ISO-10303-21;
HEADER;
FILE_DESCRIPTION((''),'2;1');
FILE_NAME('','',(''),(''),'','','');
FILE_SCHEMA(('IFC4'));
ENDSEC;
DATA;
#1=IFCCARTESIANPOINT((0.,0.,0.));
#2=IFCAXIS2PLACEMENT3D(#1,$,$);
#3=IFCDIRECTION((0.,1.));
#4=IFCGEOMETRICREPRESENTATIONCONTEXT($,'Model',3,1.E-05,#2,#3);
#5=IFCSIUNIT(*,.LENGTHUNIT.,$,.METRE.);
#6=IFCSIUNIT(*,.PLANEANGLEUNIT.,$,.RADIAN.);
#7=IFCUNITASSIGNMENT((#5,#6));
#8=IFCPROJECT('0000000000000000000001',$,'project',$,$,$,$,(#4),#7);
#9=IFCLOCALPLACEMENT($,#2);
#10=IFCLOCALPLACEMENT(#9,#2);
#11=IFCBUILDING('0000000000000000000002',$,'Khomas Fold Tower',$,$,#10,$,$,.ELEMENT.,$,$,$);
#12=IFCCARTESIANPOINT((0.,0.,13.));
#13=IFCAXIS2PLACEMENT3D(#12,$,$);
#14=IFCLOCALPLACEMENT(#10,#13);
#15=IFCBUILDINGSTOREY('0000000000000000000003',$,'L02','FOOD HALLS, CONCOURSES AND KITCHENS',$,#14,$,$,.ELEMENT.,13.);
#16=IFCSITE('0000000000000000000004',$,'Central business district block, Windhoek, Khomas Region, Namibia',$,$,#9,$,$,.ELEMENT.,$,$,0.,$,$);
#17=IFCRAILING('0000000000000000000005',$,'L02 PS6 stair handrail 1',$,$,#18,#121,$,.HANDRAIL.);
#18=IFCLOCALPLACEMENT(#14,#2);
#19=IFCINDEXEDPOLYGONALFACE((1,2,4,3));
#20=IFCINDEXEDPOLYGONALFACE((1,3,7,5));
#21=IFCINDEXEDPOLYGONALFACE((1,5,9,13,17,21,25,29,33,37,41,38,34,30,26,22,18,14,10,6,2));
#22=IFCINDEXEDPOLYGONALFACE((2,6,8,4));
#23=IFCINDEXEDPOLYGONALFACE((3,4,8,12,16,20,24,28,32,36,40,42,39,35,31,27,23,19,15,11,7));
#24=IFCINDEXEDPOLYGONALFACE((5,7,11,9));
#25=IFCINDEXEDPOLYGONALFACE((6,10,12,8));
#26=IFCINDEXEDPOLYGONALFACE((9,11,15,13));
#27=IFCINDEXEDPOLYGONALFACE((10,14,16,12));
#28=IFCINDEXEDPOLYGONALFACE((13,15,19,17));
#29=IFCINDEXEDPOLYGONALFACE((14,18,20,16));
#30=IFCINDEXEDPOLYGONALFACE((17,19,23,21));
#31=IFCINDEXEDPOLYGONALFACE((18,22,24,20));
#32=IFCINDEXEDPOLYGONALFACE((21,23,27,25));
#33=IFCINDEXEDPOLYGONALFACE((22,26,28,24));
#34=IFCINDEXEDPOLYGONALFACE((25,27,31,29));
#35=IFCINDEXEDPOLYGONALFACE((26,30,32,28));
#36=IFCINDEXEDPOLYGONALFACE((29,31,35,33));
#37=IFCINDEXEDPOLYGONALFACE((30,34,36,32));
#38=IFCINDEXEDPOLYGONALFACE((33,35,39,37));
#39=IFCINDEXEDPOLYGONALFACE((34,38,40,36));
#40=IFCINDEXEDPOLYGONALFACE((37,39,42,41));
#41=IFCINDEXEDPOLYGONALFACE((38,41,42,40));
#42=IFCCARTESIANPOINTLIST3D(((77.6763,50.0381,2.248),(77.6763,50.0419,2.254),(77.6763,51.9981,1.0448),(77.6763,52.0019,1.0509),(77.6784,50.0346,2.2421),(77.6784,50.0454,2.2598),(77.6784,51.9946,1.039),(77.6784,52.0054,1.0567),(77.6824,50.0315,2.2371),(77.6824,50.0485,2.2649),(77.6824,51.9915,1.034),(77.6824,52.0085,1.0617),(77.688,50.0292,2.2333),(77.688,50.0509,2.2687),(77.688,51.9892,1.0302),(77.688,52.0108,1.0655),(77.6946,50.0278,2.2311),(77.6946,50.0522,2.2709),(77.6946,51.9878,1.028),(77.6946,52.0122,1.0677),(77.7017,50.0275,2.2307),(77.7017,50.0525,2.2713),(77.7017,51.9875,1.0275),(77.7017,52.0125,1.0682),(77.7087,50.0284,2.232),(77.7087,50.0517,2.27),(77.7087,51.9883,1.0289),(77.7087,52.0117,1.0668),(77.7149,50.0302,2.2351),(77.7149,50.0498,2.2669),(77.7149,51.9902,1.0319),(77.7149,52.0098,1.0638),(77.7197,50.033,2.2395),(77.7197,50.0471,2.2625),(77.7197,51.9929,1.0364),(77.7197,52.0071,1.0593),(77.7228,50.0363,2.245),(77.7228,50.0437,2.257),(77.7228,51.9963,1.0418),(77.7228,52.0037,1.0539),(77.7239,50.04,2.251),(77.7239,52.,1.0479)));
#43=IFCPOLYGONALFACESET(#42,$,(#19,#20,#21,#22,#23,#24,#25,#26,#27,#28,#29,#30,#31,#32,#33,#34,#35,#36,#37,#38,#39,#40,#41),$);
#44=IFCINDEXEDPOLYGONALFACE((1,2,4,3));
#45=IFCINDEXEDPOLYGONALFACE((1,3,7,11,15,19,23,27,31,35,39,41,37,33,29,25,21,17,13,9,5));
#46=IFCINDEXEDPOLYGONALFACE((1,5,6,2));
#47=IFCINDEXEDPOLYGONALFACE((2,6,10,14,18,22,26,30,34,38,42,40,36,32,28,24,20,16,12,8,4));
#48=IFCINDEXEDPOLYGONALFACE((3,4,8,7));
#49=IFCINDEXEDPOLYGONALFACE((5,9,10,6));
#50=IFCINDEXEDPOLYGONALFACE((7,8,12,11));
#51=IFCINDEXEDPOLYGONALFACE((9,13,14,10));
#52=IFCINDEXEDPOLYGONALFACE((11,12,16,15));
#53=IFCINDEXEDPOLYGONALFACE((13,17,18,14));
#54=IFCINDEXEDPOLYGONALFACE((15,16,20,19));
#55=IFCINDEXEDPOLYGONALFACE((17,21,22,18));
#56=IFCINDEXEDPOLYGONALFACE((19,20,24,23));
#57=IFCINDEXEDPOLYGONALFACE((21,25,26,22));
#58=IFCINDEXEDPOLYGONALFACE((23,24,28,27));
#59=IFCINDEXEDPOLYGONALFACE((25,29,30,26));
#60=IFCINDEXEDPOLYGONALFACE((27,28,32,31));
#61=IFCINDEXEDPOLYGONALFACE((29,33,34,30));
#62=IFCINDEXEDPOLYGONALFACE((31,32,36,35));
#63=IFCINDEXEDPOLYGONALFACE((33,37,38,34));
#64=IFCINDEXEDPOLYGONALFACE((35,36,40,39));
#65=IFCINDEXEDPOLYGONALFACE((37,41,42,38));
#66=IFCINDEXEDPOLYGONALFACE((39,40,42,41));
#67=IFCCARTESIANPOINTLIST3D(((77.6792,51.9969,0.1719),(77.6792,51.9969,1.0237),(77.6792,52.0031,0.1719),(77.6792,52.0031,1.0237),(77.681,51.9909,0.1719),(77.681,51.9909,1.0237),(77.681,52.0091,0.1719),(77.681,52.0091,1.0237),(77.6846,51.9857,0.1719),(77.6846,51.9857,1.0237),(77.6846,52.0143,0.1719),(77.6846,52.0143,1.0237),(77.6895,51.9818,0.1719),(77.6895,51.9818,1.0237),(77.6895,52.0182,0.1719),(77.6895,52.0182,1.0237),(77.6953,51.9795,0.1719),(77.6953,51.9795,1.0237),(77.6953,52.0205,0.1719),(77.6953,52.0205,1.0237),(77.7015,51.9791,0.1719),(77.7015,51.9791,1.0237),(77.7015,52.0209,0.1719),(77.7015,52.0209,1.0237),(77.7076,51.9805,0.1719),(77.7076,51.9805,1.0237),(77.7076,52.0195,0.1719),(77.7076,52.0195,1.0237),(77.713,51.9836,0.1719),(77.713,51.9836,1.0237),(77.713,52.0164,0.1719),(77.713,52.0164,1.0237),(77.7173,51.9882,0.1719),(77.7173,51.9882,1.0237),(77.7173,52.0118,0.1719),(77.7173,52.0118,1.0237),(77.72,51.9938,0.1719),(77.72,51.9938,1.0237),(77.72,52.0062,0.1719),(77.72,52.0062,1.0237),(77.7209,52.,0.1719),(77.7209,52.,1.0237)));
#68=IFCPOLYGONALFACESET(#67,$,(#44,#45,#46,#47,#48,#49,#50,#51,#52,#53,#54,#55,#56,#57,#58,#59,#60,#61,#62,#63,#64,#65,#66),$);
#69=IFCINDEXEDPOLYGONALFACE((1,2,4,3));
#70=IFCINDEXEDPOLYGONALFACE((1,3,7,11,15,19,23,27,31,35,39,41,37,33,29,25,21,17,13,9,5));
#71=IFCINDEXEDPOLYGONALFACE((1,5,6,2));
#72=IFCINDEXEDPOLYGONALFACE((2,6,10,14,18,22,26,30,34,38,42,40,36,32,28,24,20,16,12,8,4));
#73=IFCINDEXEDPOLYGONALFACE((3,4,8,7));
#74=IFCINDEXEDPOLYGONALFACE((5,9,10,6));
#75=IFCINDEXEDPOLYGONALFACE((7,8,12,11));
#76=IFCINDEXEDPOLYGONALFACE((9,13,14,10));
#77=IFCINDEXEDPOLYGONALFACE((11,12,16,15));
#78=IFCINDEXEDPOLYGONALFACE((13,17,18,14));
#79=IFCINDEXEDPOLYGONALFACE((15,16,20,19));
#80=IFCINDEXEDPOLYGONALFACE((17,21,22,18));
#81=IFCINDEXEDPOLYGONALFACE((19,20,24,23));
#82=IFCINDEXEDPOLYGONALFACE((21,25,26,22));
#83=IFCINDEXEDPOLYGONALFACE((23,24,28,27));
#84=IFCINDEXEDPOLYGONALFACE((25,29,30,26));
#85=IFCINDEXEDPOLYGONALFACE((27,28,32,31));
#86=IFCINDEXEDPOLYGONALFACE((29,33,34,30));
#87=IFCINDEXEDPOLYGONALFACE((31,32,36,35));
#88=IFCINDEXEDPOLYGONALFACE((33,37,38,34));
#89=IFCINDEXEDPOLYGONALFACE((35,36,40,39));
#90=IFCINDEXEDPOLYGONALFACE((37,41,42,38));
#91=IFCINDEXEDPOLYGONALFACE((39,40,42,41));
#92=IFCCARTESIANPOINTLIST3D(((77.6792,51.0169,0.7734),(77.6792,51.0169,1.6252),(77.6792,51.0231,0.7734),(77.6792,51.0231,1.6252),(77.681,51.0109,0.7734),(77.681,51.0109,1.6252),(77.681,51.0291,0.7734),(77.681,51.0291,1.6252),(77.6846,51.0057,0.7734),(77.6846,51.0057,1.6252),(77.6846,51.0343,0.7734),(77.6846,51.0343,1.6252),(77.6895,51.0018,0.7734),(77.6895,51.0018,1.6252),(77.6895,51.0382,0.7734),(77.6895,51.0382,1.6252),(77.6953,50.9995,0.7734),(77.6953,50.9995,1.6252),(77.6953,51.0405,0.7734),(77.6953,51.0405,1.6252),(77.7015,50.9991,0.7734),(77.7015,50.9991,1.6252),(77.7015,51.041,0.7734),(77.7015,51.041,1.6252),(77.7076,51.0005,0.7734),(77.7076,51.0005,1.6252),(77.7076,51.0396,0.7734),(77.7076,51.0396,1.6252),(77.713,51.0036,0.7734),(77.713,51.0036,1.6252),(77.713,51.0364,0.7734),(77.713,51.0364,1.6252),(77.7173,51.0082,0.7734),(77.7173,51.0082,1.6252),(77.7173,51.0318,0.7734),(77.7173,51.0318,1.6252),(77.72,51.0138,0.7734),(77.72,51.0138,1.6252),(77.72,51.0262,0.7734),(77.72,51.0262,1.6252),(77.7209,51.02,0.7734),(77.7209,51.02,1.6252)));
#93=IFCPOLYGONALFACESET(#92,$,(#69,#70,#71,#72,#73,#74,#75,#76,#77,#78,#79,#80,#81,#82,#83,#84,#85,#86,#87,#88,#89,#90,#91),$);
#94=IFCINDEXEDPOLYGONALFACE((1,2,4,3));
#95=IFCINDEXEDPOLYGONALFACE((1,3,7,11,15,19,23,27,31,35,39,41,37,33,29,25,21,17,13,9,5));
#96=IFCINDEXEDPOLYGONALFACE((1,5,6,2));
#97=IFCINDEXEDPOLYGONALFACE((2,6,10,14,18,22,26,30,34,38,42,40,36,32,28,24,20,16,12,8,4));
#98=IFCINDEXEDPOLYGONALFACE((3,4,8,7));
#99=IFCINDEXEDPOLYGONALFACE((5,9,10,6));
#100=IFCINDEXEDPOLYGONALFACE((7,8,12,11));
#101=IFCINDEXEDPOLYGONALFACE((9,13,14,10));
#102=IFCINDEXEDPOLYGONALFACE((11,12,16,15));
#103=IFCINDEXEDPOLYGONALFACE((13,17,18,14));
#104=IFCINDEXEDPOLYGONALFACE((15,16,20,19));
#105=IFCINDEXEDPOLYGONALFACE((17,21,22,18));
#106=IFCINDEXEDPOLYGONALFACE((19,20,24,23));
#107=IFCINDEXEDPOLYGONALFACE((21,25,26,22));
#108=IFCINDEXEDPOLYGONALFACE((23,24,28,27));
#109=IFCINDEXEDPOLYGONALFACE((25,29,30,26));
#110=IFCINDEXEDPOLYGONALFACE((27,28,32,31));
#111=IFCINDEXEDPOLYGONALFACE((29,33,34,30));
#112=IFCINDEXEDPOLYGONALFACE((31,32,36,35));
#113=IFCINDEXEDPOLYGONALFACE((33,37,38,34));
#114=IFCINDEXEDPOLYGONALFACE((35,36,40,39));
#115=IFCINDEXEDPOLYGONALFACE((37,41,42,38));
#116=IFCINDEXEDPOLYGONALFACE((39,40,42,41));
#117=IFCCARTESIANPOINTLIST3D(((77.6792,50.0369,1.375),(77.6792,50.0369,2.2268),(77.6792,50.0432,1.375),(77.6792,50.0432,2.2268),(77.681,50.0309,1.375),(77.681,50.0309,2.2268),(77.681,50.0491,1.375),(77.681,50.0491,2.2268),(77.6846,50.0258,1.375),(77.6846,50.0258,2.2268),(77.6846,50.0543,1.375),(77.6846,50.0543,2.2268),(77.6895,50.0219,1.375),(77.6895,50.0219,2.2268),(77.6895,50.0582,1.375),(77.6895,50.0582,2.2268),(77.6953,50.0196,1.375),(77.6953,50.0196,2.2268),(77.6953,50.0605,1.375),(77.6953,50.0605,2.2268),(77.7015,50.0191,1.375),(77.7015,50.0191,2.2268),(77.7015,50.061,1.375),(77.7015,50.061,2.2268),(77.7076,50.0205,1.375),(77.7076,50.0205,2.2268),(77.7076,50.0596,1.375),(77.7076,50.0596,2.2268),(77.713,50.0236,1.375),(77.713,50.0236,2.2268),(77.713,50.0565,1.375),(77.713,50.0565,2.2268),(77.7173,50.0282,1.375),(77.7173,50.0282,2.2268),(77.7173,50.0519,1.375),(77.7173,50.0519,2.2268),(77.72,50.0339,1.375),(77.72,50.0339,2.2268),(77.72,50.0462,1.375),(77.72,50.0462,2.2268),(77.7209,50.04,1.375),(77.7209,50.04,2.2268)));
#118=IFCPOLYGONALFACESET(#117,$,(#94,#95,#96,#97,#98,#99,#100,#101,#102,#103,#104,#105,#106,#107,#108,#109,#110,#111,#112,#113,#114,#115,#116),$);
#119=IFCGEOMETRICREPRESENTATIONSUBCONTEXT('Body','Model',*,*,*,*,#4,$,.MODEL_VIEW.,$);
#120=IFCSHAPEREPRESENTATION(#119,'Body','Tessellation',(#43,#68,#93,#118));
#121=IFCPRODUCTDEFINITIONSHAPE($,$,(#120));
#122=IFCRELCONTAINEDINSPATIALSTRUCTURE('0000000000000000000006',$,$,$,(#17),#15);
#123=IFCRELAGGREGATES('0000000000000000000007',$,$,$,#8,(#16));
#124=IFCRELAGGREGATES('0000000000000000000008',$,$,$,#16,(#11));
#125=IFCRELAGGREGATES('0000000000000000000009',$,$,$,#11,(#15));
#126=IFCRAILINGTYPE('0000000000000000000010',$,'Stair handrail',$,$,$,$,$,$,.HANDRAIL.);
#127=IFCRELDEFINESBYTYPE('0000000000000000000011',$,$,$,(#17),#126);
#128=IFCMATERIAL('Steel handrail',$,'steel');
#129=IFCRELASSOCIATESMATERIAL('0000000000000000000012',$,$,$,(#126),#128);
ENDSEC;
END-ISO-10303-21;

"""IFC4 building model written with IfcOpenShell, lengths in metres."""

from ifc_helpers import new_model, si_unit, direction, frame, origin, origin_2d, place, context, subcontext, project, spatial, circle, extrude, source, transform, mapped, material, type_object, element, save


model = new_model("IFC4")

# Units and contexts
model_context = context("Model", 3, precision=1e-05, world=origin(), true_north=direction((0.0, 1.0)))
body_context = subcontext(model_context, "Body", "Model", "MODEL_VIEW")
ifc_project = project(units=[si_unit("LENGTHUNIT", "METRE"), si_unit("PLANEANGLEUNIT", "RADIAN")], contexts=[model_context])

# Site, building, storey
site_placement = place(None, origin())
site = spatial("IfcSite", under=ifc_project, at=site_placement, Name="Central business district block, Windhoek, Khomas Region, Namibia", CompositionType="ELEMENT", RefElevation=0.0)
building_placement = place(site_placement, origin())
building = spatial("IfcBuilding", under=site, at=building_placement, Name="Khomas Fold Tower", CompositionType="ELEMENT")
storey_placement = place(building_placement, frame((0.0, 0.0, 13.0)))
storey = spatial("IfcBuildingStorey", under=building, at=storey_placement, Name="L02", Description="FOOD HALLS, CONCOURSES AND KITCHENS", CompositionType="ELEMENT", Elevation=13.0)

# Railing
ifc_material_1 = material(Name="Steel handrail", Category="steel")
railing_type_1 = type_object("IfcRailingType", Name="Stair handrail", PredefinedType="HANDRAIL", material=ifc_material_1)
shared_shape_1 = source(origin(), body_context, "Body", "SweptSolid", [
    extrude(circle(Radius=0.0239, at=origin_2d()), frame((0.0, 0.0, 0.876), z_axis=(0.0, -0.852241, 0.523149), x_axis=(1.0, 0.0, 0.0)), (0.0, 0.0, 1.0), 2.2998),
    extrude(circle(Radius=0.021, at=origin_2d()), origin(), (0.0, 0.0, 1.0), 0.8518),
    extrude(circle(Radius=0.021, at=origin_2d()), frame((0.0, -0.98, 0.6016)), (0.0, 0.0, 1.0), 0.8518),
    extrude(circle(Radius=0.021, at=origin_2d()), frame((0.0, -1.96, 1.2031)), (0.0, 0.0, 1.0), 0.8518),
])
for number, where, name in (
    (1, (77.7, 52.0, 0.1719), "L02 PS6 stair handrail 1"),
):
    element("IfcRailing", number, at=place(storey_placement, frame(where)), inside=storey, type_object=railing_type_1, Name=name, PredefinedType="HANDRAIL", context=body_context, shape_type="MappedRepresentation", body=[
        mapped(shared_shape_1, transform((0.0, 0.0, 0.0))),
    ])

save(model, "model.ifc")
